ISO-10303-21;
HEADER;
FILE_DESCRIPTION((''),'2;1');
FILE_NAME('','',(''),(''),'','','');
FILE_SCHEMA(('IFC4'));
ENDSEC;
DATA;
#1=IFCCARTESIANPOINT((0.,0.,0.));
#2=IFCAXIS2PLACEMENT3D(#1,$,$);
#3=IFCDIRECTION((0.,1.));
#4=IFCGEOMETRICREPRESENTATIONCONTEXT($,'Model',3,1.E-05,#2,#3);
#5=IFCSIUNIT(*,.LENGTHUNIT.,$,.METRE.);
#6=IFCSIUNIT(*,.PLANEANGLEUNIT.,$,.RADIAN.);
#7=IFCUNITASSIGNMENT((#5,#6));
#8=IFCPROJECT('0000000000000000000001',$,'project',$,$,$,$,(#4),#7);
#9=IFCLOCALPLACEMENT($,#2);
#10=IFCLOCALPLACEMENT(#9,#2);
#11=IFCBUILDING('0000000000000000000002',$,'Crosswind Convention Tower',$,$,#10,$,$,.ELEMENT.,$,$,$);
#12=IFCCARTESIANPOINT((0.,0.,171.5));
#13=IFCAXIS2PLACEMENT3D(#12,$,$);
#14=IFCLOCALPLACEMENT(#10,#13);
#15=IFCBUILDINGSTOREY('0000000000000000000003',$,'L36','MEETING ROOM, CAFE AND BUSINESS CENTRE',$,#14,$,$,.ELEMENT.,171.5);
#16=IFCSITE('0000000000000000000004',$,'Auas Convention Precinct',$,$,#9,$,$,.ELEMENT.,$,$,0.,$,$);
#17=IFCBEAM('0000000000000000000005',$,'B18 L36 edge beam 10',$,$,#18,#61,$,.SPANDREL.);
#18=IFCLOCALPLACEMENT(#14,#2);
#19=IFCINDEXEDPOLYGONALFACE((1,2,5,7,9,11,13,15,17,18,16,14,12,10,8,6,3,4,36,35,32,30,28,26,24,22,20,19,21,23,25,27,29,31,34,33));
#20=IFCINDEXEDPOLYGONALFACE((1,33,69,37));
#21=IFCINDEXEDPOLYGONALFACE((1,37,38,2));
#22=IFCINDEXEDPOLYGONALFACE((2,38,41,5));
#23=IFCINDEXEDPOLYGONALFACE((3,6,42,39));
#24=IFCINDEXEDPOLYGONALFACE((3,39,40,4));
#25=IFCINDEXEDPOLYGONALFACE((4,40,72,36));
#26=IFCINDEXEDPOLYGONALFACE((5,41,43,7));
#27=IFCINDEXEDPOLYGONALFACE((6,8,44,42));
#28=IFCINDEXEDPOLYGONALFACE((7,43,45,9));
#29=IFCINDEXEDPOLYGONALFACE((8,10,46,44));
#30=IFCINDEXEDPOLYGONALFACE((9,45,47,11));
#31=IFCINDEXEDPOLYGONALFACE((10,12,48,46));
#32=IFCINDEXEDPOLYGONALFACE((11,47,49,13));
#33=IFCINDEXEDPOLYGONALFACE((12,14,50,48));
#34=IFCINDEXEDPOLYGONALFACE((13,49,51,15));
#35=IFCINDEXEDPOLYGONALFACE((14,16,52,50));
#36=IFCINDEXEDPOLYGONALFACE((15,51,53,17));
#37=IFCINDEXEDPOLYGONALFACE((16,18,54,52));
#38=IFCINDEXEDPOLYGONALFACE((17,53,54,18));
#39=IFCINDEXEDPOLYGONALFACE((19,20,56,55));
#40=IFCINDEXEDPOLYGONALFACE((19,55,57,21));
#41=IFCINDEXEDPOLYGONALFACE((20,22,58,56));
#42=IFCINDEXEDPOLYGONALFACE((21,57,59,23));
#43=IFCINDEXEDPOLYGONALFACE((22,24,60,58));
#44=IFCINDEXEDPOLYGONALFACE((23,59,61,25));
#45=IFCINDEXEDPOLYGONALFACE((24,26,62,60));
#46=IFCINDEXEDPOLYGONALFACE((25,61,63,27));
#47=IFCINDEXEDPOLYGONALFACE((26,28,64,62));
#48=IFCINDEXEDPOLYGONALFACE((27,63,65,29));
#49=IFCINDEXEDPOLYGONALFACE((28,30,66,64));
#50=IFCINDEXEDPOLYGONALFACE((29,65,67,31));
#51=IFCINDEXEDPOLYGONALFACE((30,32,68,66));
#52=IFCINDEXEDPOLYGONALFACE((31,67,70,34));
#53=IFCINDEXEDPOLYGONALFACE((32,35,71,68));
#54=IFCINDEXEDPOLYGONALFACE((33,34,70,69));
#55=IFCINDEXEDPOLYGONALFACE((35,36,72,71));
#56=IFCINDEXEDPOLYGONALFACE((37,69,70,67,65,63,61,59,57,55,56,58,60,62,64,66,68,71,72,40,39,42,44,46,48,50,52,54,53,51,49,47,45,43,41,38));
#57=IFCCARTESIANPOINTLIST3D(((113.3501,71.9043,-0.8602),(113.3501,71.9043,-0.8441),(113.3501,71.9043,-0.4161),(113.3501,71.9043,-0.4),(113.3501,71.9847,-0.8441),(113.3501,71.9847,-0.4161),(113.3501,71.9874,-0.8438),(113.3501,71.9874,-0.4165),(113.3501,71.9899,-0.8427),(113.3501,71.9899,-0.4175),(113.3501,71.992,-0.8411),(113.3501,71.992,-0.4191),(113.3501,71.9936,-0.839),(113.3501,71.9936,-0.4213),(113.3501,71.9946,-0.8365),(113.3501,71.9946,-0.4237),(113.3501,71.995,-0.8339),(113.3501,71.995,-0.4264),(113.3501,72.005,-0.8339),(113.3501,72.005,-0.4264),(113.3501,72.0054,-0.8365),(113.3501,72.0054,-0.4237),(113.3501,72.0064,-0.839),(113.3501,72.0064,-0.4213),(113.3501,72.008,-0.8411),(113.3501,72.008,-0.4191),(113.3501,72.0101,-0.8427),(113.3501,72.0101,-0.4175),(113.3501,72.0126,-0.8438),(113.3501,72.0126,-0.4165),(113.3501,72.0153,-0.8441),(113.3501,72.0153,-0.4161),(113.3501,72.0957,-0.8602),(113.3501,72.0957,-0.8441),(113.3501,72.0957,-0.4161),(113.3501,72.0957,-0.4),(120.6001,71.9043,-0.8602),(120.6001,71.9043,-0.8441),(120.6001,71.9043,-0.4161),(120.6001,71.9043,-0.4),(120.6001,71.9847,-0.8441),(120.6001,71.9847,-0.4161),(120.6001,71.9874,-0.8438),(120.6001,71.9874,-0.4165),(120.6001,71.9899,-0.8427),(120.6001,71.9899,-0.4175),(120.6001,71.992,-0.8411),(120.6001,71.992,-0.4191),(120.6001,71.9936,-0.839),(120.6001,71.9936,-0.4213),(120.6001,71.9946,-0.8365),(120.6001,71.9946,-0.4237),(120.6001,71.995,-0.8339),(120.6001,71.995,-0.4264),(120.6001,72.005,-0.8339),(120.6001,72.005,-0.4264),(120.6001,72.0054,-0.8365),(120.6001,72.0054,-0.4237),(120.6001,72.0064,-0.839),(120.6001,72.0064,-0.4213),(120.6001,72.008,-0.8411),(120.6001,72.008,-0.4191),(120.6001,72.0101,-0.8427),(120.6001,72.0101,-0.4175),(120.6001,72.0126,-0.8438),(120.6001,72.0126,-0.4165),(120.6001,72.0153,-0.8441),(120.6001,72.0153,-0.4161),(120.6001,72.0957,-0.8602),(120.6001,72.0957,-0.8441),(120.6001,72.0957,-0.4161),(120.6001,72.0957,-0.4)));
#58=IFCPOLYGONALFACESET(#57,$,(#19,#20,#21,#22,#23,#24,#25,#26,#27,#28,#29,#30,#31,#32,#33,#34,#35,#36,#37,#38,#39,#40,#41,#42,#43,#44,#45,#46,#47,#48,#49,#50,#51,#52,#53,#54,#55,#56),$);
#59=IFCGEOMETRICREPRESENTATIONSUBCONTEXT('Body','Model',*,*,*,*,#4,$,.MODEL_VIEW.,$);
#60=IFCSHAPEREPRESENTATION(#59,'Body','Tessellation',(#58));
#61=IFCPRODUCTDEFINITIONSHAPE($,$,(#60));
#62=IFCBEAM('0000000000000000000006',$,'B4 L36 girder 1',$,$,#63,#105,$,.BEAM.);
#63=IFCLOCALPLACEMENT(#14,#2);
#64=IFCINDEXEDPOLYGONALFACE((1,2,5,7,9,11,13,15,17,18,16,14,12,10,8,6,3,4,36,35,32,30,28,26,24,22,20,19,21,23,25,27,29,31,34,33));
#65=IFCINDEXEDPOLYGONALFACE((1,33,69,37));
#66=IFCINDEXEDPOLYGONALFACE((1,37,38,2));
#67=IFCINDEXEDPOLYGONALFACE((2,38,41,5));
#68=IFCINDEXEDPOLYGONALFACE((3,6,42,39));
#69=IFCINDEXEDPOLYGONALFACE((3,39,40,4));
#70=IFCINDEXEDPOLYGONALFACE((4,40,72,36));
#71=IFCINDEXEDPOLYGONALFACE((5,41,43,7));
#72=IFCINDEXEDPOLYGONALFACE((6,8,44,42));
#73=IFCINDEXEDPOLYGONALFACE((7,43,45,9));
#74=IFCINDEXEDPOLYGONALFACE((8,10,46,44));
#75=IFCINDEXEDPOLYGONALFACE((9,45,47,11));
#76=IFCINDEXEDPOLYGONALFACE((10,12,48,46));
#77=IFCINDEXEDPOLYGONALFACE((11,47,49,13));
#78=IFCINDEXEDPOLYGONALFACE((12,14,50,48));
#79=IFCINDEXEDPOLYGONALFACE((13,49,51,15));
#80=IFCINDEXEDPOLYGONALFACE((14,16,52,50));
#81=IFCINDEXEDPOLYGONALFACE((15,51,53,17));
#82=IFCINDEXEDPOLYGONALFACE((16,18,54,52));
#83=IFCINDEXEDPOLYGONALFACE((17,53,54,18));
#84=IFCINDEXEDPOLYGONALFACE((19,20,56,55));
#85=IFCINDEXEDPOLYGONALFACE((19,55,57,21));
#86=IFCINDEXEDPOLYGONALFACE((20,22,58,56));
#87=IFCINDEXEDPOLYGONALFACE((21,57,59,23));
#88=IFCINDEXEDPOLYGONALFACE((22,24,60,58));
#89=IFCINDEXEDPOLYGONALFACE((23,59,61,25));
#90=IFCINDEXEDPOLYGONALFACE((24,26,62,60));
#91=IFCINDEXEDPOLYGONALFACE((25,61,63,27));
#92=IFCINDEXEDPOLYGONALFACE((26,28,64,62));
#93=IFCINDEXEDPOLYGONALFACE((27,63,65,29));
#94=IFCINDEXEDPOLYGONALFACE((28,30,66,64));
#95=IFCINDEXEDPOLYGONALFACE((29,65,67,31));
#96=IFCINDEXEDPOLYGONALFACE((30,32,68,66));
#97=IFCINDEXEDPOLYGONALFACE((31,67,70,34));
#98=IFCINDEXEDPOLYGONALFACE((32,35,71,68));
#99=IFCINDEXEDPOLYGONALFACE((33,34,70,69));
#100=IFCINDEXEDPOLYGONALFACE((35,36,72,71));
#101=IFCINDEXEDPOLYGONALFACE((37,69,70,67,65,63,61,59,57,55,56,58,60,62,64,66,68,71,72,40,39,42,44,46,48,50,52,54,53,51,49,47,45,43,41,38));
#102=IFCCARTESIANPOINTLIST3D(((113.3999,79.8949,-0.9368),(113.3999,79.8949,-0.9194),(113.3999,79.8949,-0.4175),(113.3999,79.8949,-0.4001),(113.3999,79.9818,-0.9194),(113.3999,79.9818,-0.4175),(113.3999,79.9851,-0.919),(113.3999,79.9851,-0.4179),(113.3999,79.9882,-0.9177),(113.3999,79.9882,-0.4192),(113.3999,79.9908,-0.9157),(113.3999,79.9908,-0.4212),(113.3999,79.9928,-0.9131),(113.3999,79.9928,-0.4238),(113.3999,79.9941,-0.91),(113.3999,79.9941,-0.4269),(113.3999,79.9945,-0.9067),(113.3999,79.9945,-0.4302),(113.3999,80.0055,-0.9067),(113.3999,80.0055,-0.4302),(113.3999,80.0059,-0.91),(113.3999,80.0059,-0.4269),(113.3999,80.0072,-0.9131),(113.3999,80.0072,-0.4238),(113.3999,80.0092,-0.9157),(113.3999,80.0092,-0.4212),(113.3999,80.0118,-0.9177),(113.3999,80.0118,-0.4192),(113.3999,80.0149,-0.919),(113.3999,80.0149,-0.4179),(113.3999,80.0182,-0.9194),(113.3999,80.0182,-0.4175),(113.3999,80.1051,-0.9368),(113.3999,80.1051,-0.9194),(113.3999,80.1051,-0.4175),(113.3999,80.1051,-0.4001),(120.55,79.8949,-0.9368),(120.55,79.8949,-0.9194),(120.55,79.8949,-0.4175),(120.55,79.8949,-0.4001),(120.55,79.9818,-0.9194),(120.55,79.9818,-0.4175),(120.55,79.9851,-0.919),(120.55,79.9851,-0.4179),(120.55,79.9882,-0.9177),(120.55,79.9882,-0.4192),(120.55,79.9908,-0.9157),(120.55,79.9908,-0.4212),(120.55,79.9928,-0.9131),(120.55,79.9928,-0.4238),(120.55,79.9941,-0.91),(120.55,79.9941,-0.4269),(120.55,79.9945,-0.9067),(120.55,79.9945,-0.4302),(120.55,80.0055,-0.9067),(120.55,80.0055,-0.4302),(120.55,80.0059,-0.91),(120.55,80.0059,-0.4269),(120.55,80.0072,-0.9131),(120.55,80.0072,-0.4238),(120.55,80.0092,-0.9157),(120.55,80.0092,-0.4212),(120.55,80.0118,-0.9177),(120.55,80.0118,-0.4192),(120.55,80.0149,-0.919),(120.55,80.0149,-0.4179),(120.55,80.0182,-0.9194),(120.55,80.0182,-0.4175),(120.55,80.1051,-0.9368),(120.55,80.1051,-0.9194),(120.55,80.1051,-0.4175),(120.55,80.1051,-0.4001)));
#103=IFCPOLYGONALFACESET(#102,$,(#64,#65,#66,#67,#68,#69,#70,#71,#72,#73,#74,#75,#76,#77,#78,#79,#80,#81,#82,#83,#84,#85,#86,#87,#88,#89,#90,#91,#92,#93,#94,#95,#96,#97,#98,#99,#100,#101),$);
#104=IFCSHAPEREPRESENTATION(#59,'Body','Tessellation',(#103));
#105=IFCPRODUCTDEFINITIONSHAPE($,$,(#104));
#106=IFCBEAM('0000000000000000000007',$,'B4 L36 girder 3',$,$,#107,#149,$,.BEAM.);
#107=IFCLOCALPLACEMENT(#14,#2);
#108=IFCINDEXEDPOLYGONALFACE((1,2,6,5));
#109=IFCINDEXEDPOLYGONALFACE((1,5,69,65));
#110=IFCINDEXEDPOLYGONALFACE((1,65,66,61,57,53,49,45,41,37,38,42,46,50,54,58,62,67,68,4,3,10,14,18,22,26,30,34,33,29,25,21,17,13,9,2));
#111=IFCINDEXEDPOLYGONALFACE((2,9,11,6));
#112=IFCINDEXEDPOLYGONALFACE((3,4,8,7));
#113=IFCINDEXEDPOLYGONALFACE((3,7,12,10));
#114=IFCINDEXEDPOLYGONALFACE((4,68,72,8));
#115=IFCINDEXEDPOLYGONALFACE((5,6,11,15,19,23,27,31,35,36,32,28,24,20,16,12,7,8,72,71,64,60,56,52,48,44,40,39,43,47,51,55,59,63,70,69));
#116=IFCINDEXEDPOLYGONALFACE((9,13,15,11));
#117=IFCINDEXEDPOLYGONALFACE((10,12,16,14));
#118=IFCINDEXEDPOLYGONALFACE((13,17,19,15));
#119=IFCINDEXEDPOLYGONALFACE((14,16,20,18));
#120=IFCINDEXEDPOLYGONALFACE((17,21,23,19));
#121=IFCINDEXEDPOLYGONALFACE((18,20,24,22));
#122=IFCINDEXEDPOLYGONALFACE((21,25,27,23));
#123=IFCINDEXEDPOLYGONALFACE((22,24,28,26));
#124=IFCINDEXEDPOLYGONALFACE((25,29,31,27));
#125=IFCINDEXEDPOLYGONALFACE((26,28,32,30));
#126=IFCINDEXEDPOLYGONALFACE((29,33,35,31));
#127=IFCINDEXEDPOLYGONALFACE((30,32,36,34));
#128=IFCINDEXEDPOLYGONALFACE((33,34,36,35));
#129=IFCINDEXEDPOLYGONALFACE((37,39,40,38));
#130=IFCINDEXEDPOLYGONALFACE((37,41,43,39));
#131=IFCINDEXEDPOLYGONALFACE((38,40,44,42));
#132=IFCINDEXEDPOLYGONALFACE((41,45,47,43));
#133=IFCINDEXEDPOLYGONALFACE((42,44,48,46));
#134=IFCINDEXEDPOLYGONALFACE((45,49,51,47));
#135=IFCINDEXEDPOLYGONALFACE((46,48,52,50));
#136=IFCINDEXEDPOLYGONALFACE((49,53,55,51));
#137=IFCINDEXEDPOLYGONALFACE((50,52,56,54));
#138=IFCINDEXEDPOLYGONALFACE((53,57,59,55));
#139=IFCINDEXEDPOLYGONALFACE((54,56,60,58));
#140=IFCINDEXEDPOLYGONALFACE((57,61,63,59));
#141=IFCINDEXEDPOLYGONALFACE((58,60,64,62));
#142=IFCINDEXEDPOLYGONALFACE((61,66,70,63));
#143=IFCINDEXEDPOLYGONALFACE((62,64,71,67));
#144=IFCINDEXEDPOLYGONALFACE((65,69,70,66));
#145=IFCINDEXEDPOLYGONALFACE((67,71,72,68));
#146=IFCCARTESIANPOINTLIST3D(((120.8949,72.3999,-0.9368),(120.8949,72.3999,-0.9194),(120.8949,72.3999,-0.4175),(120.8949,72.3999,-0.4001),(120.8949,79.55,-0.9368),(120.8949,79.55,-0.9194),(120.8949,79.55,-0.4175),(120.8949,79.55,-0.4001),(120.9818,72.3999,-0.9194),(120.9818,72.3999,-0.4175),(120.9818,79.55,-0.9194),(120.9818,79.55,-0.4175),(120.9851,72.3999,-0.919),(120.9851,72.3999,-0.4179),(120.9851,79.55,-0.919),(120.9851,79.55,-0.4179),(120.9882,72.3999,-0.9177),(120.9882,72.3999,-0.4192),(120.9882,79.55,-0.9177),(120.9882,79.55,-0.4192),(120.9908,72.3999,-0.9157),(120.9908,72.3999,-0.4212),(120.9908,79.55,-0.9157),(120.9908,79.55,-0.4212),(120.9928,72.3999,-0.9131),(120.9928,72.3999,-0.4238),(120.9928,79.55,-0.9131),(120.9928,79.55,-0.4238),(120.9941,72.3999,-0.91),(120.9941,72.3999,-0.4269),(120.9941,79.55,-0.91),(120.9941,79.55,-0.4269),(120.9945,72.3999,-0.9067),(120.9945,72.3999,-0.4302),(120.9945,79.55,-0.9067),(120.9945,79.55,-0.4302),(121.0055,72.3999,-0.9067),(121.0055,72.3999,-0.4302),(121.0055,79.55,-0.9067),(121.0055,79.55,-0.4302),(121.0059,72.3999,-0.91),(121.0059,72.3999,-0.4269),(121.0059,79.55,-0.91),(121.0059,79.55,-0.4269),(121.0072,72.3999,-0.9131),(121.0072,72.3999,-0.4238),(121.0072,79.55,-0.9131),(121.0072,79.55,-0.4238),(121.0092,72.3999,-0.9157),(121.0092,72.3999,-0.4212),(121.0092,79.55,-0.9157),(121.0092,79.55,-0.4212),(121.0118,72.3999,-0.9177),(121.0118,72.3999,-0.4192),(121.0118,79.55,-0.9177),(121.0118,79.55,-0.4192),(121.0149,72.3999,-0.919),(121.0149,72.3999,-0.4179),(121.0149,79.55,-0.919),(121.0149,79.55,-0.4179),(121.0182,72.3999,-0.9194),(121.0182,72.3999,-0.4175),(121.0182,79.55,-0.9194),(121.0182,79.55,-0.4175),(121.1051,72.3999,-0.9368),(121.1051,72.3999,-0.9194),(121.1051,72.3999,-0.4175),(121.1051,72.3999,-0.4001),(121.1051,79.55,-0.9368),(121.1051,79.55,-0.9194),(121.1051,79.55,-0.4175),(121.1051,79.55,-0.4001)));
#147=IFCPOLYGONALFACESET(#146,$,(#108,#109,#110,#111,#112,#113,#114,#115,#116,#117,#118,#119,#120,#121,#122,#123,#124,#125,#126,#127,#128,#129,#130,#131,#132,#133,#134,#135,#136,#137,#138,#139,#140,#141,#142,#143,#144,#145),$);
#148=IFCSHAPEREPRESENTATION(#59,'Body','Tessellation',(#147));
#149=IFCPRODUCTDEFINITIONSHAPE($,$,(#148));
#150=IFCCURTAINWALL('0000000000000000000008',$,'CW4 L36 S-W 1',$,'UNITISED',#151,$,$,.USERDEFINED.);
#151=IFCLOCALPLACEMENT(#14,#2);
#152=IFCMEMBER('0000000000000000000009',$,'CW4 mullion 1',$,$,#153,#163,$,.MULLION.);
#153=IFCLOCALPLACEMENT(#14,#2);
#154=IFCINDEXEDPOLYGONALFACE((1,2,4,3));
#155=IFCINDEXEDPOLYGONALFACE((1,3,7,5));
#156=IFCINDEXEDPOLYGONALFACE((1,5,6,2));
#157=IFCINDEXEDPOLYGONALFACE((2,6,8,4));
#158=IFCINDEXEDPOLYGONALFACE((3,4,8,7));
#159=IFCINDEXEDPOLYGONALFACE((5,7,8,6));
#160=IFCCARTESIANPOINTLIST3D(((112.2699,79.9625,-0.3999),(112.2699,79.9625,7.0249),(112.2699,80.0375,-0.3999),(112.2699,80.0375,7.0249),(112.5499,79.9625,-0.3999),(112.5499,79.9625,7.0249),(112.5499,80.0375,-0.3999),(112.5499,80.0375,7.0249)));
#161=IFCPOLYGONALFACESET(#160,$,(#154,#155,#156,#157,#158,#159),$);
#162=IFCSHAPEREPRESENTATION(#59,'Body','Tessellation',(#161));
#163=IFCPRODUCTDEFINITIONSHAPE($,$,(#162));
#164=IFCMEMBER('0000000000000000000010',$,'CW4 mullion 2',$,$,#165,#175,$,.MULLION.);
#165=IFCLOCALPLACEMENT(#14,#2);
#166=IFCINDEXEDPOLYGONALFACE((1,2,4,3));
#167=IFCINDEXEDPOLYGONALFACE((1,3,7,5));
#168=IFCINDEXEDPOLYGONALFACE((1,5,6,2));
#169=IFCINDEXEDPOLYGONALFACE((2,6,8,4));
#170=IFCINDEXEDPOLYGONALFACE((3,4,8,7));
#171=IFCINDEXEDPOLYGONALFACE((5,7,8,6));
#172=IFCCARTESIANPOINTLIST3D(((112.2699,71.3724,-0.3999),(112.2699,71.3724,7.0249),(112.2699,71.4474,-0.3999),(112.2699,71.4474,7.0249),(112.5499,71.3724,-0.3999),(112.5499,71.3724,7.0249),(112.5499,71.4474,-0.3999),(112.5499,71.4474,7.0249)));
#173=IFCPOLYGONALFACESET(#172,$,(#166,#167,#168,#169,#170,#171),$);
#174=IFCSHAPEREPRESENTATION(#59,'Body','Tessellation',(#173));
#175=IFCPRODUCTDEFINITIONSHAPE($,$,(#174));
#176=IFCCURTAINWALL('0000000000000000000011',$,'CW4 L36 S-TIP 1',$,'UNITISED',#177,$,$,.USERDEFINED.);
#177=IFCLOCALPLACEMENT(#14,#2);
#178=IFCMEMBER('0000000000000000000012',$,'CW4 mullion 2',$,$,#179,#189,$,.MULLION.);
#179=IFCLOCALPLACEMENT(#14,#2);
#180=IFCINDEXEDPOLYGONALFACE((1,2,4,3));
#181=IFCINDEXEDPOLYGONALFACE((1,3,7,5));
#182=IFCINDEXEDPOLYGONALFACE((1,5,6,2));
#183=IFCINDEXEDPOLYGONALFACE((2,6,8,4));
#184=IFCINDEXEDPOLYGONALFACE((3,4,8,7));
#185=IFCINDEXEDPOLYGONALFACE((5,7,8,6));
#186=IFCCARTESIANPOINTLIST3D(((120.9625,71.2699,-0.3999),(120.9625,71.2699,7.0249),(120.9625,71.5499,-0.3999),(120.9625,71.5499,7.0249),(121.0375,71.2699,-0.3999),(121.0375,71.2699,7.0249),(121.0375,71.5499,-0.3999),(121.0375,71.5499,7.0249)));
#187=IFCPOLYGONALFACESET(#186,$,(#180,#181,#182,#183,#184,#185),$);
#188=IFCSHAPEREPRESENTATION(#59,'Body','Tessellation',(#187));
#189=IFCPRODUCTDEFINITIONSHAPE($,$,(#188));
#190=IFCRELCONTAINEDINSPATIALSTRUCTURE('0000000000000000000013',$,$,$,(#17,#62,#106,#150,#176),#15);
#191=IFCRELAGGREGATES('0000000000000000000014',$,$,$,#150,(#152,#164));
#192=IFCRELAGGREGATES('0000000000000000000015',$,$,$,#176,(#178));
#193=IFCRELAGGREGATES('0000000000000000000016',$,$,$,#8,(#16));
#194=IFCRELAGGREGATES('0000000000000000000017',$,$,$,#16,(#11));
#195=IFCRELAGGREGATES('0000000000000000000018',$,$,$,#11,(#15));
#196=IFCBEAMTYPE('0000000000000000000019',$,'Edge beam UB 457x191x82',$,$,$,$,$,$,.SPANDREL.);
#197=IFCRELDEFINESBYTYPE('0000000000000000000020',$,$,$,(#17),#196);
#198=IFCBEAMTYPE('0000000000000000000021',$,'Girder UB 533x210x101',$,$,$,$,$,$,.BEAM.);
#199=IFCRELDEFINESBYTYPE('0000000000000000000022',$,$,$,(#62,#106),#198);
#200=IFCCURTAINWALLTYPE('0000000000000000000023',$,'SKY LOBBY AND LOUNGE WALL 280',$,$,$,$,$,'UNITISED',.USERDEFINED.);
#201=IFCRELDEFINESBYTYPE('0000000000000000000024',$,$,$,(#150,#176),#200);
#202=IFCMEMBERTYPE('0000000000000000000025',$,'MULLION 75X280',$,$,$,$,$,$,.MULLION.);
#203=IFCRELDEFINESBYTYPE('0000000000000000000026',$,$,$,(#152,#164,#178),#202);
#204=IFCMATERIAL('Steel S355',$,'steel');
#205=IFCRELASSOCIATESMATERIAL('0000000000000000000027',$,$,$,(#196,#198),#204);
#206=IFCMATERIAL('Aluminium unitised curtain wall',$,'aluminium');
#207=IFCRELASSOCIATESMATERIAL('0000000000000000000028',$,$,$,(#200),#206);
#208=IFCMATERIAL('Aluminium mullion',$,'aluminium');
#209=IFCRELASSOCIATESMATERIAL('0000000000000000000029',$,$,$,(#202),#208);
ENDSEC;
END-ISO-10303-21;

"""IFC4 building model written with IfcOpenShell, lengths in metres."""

from ifc_helpers import new_model, si_unit, direction, frame, origin, origin_2d, place, context, subcontext, project, spatial, rectangle, i_section, extrude, material, material_profile, profile_set, type_object, element, aggregate, save


model = new_model("IFC4")

# Units and contexts
model_context = context("Model", 3, precision=1e-05, world=origin(), true_north=direction((0.0, 1.0)))
body_context = subcontext(model_context, "Body", "Model", "MODEL_VIEW")
ifc_project = project(units=[si_unit("LENGTHUNIT", "METRE"), si_unit("PLANEANGLEUNIT", "RADIAN")], contexts=[model_context])

# Site, building, storey
site_placement = place(None, origin())
site = spatial("IfcSite", under=ifc_project, at=site_placement, Name="Auas Convention Precinct", CompositionType="ELEMENT", RefElevation=0.0)
building_placement = place(site_placement, origin())
building = spatial("IfcBuilding", under=site, at=building_placement, Name="Crosswind Convention Tower", CompositionType="ELEMENT")
storey_placement = place(building_placement, frame((0.0, 0.0, 171.5)))
storey = spatial("IfcBuildingStorey", under=building, at=storey_placement, Name="L36", Description="MEETING ROOM, CAFE AND BUSINESS CENTRE", CompositionType="ELEMENT", Elevation=171.5)

# Beams
ifc_material_1 = material(Name="Steel S355", Category="steel")
ifc_material_profile_1 = material_profile(ifc_material_1, i_section(OverallWidth=0.1914, OverallDepth=0.4602, WebThickness=0.01, FlangeThickness=0.0161, FilletRadius=0.0103, at=origin_2d()), Name="UB 457x191x82")
ifc_profile_set_1 = profile_set([ifc_material_profile_1], Name="Steel S355")
beam_type_1 = type_object("IfcBeamType", Name="Edge beam UB 457x191x82", PredefinedType="SPANDREL", material=ifc_profile_set_1)
for number, where, z_axis, x_axis, name in (
    (1, (113.3501, 72.0, -0.6301), (1.0, 0.0, 0.0), (0.0, 1.0, 0.0), "B18 L36 edge beam 10"),
):
    element("IfcBeam", number, at=place(storey_placement, frame(where, z_axis=z_axis, x_axis=x_axis)), inside=storey, type_object=beam_type_1, Name=name, PredefinedType="SPANDREL", context=body_context, shape_type="SweptSolid", body=[
        extrude(i_section(OverallWidth=0.1914, OverallDepth=0.4602, WebThickness=0.01, FlangeThickness=0.0161, FilletRadius=0.0103, at=origin_2d()), origin(), (0.0, 0.0, 1.0), 7.25),
    ])
ifc_material_profile_2 = material_profile(ifc_material_1, i_section(OverallWidth=0.2102, OverallDepth=0.5366, WebThickness=0.011, FlangeThickness=0.0173, FilletRadius=0.0127, at=origin_2d()), Name="UB 533x210x101")
ifc_profile_set_2 = profile_set([ifc_material_profile_2], Name="Steel S355")
beam_type_2 = type_object("IfcBeamType", Name="Girder UB 533x210x101", PredefinedType="BEAM", material=ifc_profile_set_2)
for number, where, z_axis, x_axis, name in (
    (2, (113.3999, 80.0, -0.6685), (1.0, 0.0, 0.0), (0.0, 1.0, 0.0), "B4 L36 girder 1"),
    (3, (121.0, 72.3999, -0.6685), (0.0, 1.0, 0.0), (-1.0, 0.0, 0.0), "B4 L36 girder 3"),
):
    element("IfcBeam", number, at=place(storey_placement, frame(where, z_axis=z_axis, x_axis=x_axis)), inside=storey, type_object=beam_type_2, Name=name, PredefinedType="BEAM", context=body_context, shape_type="SweptSolid", body=[
        extrude(i_section(OverallWidth=0.2102, OverallDepth=0.5366, WebThickness=0.011, FlangeThickness=0.0173, FilletRadius=0.0127, at=origin_2d()), origin(), (0.0, 0.0, 1.0), 7.1501),
    ])

# Curtain wall, members
ifc_material_2 = material(Name="Aluminium unitised curtain wall", Category="aluminium")
curtain_wall_type = type_object("IfcCurtainWallType", Name="SKY LOBBY AND LOUNGE WALL 280", ElementType="UNITISED", PredefinedType="USERDEFINED", material=ifc_material_2)
curtain_wall_1_placement = place(storey_placement, origin())
curtain_wall_1 = element("IfcCurtainWall", 4, at=curtain_wall_1_placement, inside=storey, type_object=curtain_wall_type, Name="CW4 L36 S-W 1", ObjectType="UNITISED", PredefinedType="USERDEFINED")
ifc_material_3 = material(Name="Aluminium mullion", Category="aluminium")
ifc_material_profile_3 = material_profile(ifc_material_3, rectangle(XDim=0.28, YDim=0.075, at=origin_2d()), Name="AL 280X75")
ifc_profile_set_3 = profile_set([ifc_material_profile_3], Name="Aluminium mullion")
member_type_1 = type_object("IfcMemberType", Name="MULLION 75X280", PredefinedType="MULLION", material=ifc_profile_set_3)
member_1_placement = place(storey_placement, frame((112.4099, 80.0, -0.3999), z_axis=(0.0, 0.0, 1.0), x_axis=(-1.0, 0.0, 0.0)))
member_1 = element("IfcMember", 5, at=member_1_placement, type_object=member_type_1, Name="CW4 mullion 1", PredefinedType="MULLION", context=body_context, shape_type="SweptSolid", body=[
    extrude(rectangle(XDim=0.28, YDim=0.075, at=origin_2d()), origin(), (0.0, 0.0, 1.0), 7.4248),
])
member_2_placement = place(storey_placement, frame((112.4099, 71.4099, -0.3999), z_axis=(0.0, 0.0, 1.0), x_axis=(-1.0, 0.0, 0.0)))
member_2 = element("IfcMember", 6, at=member_2_placement, type_object=member_type_1, Name="CW4 mullion 2", PredefinedType="MULLION", context=body_context, shape_type="SweptSolid", body=[
    extrude(rectangle(XDim=0.28, YDim=0.075, at=origin_2d()), origin(), (0.0, 0.0, 1.0), 7.4248),
])

# Curtain wall, member
curtain_wall_2_placement = place(storey_placement, origin())
curtain_wall_2 = element("IfcCurtainWall", 7, at=curtain_wall_2_placement, inside=storey, type_object=curtain_wall_type, Name="CW4 L36 S-TIP 1", ObjectType="UNITISED", PredefinedType="USERDEFINED")
member_3_placement = place(storey_placement, frame((121.0, 71.4099, -0.3999), z_axis=(0.0, 0.0, 1.0), x_axis=(0.0, -1.0, 0.0)))
member_3 = element("IfcMember", 8, at=member_3_placement, type_object=member_type_1, Name="CW4 mullion 2", PredefinedType="MULLION", context=body_context, shape_type="SweptSolid", body=[
    extrude(rectangle(XDim=0.28, YDim=0.075, at=origin_2d()), origin(), (0.0, 0.0, 1.0), 7.4248),
])

aggregate(curtain_wall_1, [member_1, member_2])
aggregate(curtain_wall_2, [member_3])

save(model, "model.ifc")
